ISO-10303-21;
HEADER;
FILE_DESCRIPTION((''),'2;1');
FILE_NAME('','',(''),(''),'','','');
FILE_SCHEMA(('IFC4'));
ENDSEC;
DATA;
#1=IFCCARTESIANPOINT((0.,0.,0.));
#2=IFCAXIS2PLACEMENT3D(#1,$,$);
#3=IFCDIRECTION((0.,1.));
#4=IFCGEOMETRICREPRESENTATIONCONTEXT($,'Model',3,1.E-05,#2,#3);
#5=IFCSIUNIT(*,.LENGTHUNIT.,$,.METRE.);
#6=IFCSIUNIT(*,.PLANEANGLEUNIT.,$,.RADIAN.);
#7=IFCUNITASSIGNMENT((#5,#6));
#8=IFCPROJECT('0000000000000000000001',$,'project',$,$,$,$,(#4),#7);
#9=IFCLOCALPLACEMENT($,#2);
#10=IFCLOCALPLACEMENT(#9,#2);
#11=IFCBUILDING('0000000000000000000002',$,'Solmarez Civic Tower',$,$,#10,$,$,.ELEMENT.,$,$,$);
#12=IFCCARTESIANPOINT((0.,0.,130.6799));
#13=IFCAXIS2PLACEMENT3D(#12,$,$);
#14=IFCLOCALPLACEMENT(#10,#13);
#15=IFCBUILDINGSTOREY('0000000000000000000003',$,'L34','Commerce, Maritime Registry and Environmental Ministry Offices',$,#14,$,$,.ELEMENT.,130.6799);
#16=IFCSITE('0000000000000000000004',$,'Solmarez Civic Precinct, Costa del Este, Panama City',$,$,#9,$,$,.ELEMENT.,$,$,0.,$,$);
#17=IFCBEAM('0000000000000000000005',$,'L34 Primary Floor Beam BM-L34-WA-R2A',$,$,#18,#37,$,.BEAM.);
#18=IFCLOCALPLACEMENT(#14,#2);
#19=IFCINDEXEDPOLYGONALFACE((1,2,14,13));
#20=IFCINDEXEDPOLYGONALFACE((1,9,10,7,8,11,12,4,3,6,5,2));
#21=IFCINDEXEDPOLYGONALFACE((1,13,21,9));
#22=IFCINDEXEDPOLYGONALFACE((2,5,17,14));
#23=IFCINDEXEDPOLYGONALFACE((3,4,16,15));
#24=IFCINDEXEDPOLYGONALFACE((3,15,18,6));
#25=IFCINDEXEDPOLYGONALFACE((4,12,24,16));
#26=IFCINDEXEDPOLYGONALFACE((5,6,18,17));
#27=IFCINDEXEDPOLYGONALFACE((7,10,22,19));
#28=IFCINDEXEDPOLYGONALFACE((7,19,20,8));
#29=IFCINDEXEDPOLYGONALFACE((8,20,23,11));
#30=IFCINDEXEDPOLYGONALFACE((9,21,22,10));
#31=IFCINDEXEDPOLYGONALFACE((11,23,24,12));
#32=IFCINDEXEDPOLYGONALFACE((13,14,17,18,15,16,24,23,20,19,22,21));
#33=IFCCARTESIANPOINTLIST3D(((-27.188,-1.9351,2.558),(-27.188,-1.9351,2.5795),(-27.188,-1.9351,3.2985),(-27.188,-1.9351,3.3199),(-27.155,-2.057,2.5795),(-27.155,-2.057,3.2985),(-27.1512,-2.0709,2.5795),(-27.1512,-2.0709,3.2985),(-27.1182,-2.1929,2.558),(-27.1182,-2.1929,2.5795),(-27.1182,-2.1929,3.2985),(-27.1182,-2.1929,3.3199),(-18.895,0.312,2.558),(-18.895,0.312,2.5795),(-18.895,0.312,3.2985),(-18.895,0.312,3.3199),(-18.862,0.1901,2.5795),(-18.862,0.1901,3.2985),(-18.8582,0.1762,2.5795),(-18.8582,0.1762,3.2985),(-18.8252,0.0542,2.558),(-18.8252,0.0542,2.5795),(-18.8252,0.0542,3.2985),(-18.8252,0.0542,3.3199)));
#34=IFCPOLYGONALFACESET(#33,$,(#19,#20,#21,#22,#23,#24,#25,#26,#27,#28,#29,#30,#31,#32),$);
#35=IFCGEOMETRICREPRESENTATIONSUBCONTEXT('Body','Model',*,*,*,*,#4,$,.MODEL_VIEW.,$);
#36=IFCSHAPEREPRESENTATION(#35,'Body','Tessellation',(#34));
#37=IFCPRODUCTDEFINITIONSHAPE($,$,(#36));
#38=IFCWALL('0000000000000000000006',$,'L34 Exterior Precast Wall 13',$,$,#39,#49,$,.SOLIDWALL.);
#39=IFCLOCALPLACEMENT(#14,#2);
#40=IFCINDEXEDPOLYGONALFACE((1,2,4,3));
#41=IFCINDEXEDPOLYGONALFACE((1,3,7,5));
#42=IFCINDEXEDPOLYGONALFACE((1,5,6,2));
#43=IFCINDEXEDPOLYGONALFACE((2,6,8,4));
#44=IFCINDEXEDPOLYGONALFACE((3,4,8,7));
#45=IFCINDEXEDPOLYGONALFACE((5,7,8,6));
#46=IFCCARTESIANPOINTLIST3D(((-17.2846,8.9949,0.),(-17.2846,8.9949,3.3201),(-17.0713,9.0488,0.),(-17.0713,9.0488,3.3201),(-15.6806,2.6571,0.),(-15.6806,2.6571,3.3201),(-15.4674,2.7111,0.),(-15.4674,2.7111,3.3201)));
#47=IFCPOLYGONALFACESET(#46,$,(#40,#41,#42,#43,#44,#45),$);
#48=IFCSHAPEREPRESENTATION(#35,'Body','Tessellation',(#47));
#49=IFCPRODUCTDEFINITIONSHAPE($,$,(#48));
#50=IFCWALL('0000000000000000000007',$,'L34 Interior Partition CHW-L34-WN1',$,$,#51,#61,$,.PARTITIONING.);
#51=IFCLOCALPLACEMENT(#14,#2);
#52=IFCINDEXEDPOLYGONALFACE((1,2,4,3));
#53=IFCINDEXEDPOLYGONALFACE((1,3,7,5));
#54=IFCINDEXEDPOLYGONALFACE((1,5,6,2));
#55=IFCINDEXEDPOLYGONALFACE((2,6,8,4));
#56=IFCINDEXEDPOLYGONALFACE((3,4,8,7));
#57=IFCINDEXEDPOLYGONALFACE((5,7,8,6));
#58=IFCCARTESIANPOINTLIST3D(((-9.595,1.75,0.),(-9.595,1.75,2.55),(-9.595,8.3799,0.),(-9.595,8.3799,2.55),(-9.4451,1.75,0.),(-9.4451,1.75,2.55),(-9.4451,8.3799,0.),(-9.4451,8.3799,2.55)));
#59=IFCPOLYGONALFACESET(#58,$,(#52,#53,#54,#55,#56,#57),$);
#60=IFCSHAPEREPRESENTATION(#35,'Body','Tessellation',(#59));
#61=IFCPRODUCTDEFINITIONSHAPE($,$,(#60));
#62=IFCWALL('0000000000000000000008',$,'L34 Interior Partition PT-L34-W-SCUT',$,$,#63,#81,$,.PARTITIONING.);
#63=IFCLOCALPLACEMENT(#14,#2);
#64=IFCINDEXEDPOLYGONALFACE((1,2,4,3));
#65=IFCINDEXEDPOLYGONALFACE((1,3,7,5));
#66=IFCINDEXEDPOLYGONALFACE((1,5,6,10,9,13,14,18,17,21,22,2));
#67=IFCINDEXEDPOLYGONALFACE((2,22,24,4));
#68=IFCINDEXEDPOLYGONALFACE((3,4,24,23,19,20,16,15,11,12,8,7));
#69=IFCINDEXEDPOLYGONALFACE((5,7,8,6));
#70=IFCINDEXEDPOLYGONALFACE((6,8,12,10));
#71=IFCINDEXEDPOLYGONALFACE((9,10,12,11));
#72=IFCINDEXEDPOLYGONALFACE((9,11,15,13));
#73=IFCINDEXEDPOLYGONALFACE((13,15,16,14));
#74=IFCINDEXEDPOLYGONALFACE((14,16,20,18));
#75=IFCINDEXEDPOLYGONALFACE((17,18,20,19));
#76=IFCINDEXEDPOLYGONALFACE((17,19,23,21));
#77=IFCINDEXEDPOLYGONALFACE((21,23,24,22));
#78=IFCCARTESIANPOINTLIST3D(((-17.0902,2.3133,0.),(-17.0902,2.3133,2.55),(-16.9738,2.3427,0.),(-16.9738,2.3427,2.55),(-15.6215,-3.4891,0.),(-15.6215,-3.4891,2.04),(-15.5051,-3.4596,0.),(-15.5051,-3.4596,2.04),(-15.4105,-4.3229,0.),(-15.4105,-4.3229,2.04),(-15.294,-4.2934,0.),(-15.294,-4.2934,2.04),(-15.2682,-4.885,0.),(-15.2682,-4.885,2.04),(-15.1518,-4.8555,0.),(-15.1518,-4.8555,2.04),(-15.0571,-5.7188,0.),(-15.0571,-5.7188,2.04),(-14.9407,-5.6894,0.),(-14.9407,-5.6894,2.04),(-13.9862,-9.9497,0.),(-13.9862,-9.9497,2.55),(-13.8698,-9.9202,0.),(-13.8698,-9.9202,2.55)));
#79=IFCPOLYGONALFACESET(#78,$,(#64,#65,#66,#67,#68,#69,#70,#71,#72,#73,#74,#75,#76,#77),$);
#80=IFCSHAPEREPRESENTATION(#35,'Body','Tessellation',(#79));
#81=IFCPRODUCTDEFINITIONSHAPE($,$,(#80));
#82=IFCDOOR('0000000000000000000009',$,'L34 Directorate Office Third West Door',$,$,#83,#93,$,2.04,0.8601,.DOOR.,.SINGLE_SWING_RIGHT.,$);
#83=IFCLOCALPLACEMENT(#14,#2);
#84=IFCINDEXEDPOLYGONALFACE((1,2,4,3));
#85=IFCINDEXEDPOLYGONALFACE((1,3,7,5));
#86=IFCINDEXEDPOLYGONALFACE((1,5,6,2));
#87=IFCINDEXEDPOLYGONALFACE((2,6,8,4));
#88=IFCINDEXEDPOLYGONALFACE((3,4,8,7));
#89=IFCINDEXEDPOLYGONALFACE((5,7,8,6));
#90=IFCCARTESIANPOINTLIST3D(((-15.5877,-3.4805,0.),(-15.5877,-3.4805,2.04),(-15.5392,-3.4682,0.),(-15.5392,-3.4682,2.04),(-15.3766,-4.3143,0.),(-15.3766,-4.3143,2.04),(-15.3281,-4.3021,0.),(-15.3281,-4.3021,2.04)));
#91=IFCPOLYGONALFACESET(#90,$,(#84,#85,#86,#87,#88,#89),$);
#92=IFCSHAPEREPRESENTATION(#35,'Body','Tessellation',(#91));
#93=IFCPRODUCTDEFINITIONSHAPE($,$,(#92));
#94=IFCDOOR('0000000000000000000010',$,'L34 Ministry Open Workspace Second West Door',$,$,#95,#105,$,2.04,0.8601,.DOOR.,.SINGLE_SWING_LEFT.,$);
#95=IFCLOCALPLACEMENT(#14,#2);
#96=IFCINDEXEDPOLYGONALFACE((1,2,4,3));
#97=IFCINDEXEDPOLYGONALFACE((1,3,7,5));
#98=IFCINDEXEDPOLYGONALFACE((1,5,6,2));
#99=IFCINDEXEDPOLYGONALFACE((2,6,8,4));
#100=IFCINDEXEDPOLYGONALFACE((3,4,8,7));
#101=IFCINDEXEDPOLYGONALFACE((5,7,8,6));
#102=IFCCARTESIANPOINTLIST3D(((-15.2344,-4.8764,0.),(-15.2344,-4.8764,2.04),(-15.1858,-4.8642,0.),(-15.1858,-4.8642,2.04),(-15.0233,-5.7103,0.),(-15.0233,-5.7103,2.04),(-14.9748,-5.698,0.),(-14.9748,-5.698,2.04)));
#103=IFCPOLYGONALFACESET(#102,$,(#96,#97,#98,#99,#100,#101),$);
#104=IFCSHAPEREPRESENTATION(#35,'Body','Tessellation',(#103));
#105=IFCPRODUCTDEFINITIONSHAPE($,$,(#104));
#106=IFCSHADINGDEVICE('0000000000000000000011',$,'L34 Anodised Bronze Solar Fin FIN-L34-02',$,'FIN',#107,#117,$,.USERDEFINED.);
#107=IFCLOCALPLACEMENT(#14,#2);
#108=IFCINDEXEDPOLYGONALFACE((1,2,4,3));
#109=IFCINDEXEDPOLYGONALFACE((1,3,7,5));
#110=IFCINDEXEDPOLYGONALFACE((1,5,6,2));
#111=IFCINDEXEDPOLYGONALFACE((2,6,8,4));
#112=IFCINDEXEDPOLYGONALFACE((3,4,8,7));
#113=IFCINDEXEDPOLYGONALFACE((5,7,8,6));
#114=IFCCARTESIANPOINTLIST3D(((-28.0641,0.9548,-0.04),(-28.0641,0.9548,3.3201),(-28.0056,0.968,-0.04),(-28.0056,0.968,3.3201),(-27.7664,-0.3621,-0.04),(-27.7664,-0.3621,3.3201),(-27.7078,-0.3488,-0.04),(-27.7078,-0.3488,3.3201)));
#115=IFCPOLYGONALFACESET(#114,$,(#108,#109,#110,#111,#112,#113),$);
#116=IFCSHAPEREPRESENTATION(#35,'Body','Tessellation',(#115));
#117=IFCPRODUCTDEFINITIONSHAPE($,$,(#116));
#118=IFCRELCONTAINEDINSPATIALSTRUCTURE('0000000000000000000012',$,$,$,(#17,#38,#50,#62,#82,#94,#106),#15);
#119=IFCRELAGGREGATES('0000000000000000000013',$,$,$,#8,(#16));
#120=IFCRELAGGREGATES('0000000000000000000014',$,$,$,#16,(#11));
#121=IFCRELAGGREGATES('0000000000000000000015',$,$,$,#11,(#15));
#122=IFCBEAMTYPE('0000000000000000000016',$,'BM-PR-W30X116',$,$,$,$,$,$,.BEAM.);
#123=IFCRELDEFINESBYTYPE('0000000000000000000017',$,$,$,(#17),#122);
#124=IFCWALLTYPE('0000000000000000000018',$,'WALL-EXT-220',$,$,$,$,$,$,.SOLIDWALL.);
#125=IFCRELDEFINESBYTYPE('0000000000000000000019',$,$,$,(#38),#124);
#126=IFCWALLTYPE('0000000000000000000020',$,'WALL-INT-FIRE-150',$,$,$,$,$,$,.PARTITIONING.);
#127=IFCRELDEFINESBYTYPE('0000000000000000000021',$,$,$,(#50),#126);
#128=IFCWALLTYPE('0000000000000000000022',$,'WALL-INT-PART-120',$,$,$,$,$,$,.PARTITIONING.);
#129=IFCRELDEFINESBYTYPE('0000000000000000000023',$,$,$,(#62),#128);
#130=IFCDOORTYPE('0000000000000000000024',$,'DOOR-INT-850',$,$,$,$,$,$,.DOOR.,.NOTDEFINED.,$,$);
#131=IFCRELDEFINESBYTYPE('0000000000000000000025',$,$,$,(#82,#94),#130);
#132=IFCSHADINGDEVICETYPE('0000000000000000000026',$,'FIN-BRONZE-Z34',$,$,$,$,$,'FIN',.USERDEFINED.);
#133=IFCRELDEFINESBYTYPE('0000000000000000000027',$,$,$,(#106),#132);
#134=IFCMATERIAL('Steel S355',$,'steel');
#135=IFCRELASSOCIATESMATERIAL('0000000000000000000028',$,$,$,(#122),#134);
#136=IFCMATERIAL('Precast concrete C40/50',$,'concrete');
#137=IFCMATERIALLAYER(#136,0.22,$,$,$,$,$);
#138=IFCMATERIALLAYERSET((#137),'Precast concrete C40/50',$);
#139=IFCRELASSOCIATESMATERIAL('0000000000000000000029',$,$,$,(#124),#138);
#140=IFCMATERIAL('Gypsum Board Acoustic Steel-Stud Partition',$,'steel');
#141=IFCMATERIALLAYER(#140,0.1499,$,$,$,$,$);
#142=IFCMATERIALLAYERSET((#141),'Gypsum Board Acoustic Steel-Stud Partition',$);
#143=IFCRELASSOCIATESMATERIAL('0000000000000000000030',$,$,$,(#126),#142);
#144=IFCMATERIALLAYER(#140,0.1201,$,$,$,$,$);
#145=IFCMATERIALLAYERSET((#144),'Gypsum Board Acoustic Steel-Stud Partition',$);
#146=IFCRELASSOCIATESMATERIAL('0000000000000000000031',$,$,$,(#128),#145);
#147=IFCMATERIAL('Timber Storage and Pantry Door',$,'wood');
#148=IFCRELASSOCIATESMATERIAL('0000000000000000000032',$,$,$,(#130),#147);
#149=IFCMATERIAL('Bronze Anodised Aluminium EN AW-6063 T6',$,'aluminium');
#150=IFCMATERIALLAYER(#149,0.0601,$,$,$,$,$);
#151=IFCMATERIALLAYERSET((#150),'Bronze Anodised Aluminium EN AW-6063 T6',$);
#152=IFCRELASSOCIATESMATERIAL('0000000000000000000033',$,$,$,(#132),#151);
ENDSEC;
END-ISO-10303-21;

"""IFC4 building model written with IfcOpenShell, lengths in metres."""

from ifc_helpers import new_model, si_unit, direction, frame, frame_2d, origin, origin_2d, place, context, subcontext, project, spatial, rectangle, i_section, extrude, material, layer, layer_set, material_profile, profile_set, type_object, element, fill, save


model = new_model("IFC4")

# Units and contexts
model_context = context("Model", 3, precision=1e-05, world=origin(), true_north=direction((0.0, 1.0)))
body_context = subcontext(model_context, "Body", "Model", "MODEL_VIEW")
ifc_project = project(units=[si_unit("LENGTHUNIT", "METRE"), si_unit("PLANEANGLEUNIT", "RADIAN")], contexts=[model_context])

# Site, building, storey
site_placement = place(None, origin())
site = spatial("IfcSite", under=ifc_project, at=site_placement, Name="Solmarez Civic Precinct, Costa del Este, Panama City", CompositionType="ELEMENT", RefElevation=0.0)
building_placement = place(site_placement, origin())
building = spatial("IfcBuilding", under=site, at=building_placement, Name="Solmarez Civic Tower", CompositionType="ELEMENT")
storey_placement = place(building_placement, frame((0.0, 0.0, 130.6799)))
storey = spatial("IfcBuildingStorey", under=building, at=storey_placement, Name="L34", Description="Commerce, Maritime Registry and Environmental Ministry Offices", CompositionType="ELEMENT", Elevation=130.6799)

# Beam
ifc_material_1 = material(Name="Steel S355", Category="steel")
ifc_material_profile_1 = material_profile(ifc_material_1, i_section(OverallWidth=0.2671, OverallDepth=0.762, WebThickness=0.0144, FlangeThickness=0.0215, at=origin_2d()), Name="W30X116")
ifc_profile_set_1 = profile_set([ifc_material_profile_1], Name="Steel S355")
beam_type_1 = type_object("IfcBeamType", Name="BM-PR-W30X116", PredefinedType="BEAM", material=ifc_profile_set_1)
beam_1_placement = place(storey_placement, frame((-18.8601, 0.1831, 2.939), z_axis=(-0.965195, -0.26153, 0.0), x_axis=(0.26153, -0.965195, 0.0)))
element("IfcBeam", 1, at=beam_1_placement, inside=storey, type_object=beam_type_1, Name="L34 Primary Floor Beam BM-L34-WA-R2A", PredefinedType="BEAM", context=body_context, shape_type="SweptSolid", body=[
    extrude(i_section(OverallWidth=0.2671, OverallDepth=0.762, WebThickness=0.0144, FlangeThickness=0.0215, at=origin_2d()), origin(), (0.0, 0.0, 1.0), 8.592),
])

# Walls
ifc_material_2 = material(Name="Precast concrete C40/50", Category="concrete")
ifc_layer_1 = layer(ifc_material_2, 0.22)
ifc_layer_set_1 = layer_set([ifc_layer_1], Name="Precast concrete C40/50")
wall_type_1 = type_object("IfcWallType", Name="WALL-EXT-220", PredefinedType="SOLIDWALL", material=ifc_layer_set_1)
wall_1_placement = place(storey_placement, frame((-15.574, 2.6841, 0.0), z_axis=(0.0, 0.0, 1.0), x_axis=(-0.245346, 0.969435, 0.0)))
element("IfcWall", 2, at=wall_1_placement, inside=storey, type_object=wall_type_1, Name="L34 Exterior Precast Wall 13", PredefinedType="SOLIDWALL", context=body_context, shape_type="SweptSolid", body=[
    extrude(rectangle(XDim=6.5376, YDim=0.22, at=frame_2d((3.2688, 0.0))), origin(), (0.0, 0.0, 1.0), 3.3201),
])
ifc_material_3 = material(Name="Gypsum Board Acoustic Steel-Stud Partition", Category="steel")
ifc_layer_2 = layer(ifc_material_3, 0.1499)
ifc_layer_set_2 = layer_set([ifc_layer_2], Name="Gypsum Board Acoustic Steel-Stud Partition")
wall_type_2 = type_object("IfcWallType", Name="WALL-INT-FIRE-150", PredefinedType="PARTITIONING", material=ifc_layer_set_2)
wall_2_placement = place(storey_placement, frame((-9.52, 1.75, 0.0), z_axis=(0.0, 0.0, 1.0), x_axis=(0.0, 1.0, 0.0)))
element("IfcWall", 3, at=wall_2_placement, inside=storey, type_object=wall_type_2, Name="L34 Interior Partition CHW-L34-WN1", PredefinedType="PARTITIONING", context=body_context, shape_type="SweptSolid", body=[
    extrude(rectangle(XDim=6.6299, YDim=0.1499, at=frame_2d((3.3149, 0.0))), origin(), (0.0, 0.0, 1.0), 2.55),
])

# Wall, openings, doors
ifc_layer_3 = layer(ifc_material_3, 0.1201)
ifc_layer_set_3 = layer_set([ifc_layer_3], Name="Gypsum Board Acoustic Steel-Stud Partition")
wall_type_3 = type_object("IfcWallType", Name="WALL-INT-PART-120", PredefinedType="PARTITIONING", material=ifc_layer_set_3)
wall_3_placement = place(storey_placement, frame((-17.032, 2.3279, 0.0), z_axis=(0.0, 0.0, 1.0), x_axis=(0.245382, -0.969426, 0.0)))
wall_3 = element("IfcWall", 4, at=wall_3_placement, inside=storey, type_object=wall_type_3, Name="L34 Interior Partition PT-L34-W-SCUT", PredefinedType="PARTITIONING", context=body_context, shape_type="SweptSolid", body=[
    extrude(rectangle(XDim=12.6497, YDim=0.1201, at=frame_2d((6.3247, 0.0))), origin(), (0.0, 0.0, 1.0), 2.55),
])
opening_1_placement = place(wall_3_placement, frame((5.9851, 0.0, 0.0)))
opening_1 = element("IfcOpeningElement", 5, at=opening_1_placement, cuts=wall_3, PredefinedType="OPENING", context=body_context, shape_type="SweptSolid", body=[
    extrude(rectangle(XDim=0.8601, YDim=2.04, at=frame_2d((0.4302, 1.02))), frame((0.0, 0.0701, 0.0), z_axis=(0.0, -1.0, 0.0), x_axis=(1.0, 0.0, 0.0)), (0.0, 0.0, 1.0), 0.1401),
])
opening_2_placement = place(wall_3_placement, frame((7.425, 0.0, 0.0)))
opening_2 = element("IfcOpeningElement", 6, at=opening_2_placement, cuts=wall_3, PredefinedType="OPENING", context=body_context, shape_type="SweptSolid", body=[
    extrude(rectangle(XDim=0.8601, YDim=2.04, at=frame_2d((0.4302, 1.02))), frame((0.0, 0.0701, 0.0), z_axis=(0.0, -1.0, 0.0), x_axis=(1.0, 0.0, 0.0)), (0.0, 0.0, 1.0), 0.1401),
])
ifc_material_4 = material(Name="Timber Storage and Pantry Door", Category="wood")
door_type = type_object("IfcDoorType", Name="DOOR-INT-850", OperationType="NOTDEFINED", PredefinedType="DOOR", material=ifc_material_4)
door_1_placement = place(opening_1_placement, origin())
door_1 = element("IfcDoor", 7, at=door_1_placement, inside=storey, type_object=door_type, Name="L34 Directorate Office Third West Door", OperationType="SINGLE_SWING_RIGHT", OverallHeight=2.04, OverallWidth=0.8601, PredefinedType="DOOR", context=body_context, shape_type="SweptSolid", body=[
    extrude(rectangle(XDim=0.8601, YDim=2.04, at=frame_2d((0.4302, 1.02))), frame((0.0, 0.0249, 0.0), z_axis=(0.0, -1.0, 0.0), x_axis=(1.0, 0.0, 0.0)), (0.0, 0.0, 1.0), 0.05),
])
fill(opening_1, door_1)
door_2_placement = place(opening_2_placement, origin())
door_2 = element("IfcDoor", 8, at=door_2_placement, inside=storey, type_object=door_type, Name="L34 Ministry Open Workspace Second West Door", OperationType="SINGLE_SWING_LEFT", OverallHeight=2.04, OverallWidth=0.8601, PredefinedType="DOOR", context=body_context, shape_type="SweptSolid", body=[
    extrude(rectangle(XDim=0.8601, YDim=2.04, at=frame_2d((0.4302, 1.02))), frame((0.0, 0.0249, 0.0), z_axis=(0.0, -1.0, 0.0), x_axis=(1.0, 0.0, 0.0)), (0.0, 0.0, 1.0), 0.05),
])
fill(opening_2, door_2)

# Shading device
ifc_material_5 = material(Name="Bronze Anodised Aluminium EN AW-6063 T6", Category="aluminium")
ifc_layer_4 = layer(ifc_material_5, 0.0601)
ifc_layer_set_4 = layer_set([ifc_layer_4], Name="Bronze Anodised Aluminium EN AW-6063 T6")
shading_device_type = type_object("IfcShadingDeviceType", Name="FIN-BRONZE-Z34", ElementType="FIN", PredefinedType="USERDEFINED", material=ifc_layer_set_4)
shading_device_placement = place(storey_placement, frame((-27.886, 0.303, -0.04), z_axis=(0.0, 0.0, 1.0), x_axis=(-0.22051, 0.975385, 0.0)))
element("IfcShadingDevice", 9, at=shading_device_placement, inside=storey, type_object=shading_device_type, Name="L34 Anodised Bronze Solar Fin FIN-L34-02", ObjectType="FIN", PredefinedType="USERDEFINED", context=body_context, shape_type="SweptSolid", body=[
    extrude(rectangle(XDim=1.3501, YDim=0.0601, at=origin_2d()), origin(), (0.0, 0.0, 1.0), 3.3601),
])

save(model, "model.ifc")
